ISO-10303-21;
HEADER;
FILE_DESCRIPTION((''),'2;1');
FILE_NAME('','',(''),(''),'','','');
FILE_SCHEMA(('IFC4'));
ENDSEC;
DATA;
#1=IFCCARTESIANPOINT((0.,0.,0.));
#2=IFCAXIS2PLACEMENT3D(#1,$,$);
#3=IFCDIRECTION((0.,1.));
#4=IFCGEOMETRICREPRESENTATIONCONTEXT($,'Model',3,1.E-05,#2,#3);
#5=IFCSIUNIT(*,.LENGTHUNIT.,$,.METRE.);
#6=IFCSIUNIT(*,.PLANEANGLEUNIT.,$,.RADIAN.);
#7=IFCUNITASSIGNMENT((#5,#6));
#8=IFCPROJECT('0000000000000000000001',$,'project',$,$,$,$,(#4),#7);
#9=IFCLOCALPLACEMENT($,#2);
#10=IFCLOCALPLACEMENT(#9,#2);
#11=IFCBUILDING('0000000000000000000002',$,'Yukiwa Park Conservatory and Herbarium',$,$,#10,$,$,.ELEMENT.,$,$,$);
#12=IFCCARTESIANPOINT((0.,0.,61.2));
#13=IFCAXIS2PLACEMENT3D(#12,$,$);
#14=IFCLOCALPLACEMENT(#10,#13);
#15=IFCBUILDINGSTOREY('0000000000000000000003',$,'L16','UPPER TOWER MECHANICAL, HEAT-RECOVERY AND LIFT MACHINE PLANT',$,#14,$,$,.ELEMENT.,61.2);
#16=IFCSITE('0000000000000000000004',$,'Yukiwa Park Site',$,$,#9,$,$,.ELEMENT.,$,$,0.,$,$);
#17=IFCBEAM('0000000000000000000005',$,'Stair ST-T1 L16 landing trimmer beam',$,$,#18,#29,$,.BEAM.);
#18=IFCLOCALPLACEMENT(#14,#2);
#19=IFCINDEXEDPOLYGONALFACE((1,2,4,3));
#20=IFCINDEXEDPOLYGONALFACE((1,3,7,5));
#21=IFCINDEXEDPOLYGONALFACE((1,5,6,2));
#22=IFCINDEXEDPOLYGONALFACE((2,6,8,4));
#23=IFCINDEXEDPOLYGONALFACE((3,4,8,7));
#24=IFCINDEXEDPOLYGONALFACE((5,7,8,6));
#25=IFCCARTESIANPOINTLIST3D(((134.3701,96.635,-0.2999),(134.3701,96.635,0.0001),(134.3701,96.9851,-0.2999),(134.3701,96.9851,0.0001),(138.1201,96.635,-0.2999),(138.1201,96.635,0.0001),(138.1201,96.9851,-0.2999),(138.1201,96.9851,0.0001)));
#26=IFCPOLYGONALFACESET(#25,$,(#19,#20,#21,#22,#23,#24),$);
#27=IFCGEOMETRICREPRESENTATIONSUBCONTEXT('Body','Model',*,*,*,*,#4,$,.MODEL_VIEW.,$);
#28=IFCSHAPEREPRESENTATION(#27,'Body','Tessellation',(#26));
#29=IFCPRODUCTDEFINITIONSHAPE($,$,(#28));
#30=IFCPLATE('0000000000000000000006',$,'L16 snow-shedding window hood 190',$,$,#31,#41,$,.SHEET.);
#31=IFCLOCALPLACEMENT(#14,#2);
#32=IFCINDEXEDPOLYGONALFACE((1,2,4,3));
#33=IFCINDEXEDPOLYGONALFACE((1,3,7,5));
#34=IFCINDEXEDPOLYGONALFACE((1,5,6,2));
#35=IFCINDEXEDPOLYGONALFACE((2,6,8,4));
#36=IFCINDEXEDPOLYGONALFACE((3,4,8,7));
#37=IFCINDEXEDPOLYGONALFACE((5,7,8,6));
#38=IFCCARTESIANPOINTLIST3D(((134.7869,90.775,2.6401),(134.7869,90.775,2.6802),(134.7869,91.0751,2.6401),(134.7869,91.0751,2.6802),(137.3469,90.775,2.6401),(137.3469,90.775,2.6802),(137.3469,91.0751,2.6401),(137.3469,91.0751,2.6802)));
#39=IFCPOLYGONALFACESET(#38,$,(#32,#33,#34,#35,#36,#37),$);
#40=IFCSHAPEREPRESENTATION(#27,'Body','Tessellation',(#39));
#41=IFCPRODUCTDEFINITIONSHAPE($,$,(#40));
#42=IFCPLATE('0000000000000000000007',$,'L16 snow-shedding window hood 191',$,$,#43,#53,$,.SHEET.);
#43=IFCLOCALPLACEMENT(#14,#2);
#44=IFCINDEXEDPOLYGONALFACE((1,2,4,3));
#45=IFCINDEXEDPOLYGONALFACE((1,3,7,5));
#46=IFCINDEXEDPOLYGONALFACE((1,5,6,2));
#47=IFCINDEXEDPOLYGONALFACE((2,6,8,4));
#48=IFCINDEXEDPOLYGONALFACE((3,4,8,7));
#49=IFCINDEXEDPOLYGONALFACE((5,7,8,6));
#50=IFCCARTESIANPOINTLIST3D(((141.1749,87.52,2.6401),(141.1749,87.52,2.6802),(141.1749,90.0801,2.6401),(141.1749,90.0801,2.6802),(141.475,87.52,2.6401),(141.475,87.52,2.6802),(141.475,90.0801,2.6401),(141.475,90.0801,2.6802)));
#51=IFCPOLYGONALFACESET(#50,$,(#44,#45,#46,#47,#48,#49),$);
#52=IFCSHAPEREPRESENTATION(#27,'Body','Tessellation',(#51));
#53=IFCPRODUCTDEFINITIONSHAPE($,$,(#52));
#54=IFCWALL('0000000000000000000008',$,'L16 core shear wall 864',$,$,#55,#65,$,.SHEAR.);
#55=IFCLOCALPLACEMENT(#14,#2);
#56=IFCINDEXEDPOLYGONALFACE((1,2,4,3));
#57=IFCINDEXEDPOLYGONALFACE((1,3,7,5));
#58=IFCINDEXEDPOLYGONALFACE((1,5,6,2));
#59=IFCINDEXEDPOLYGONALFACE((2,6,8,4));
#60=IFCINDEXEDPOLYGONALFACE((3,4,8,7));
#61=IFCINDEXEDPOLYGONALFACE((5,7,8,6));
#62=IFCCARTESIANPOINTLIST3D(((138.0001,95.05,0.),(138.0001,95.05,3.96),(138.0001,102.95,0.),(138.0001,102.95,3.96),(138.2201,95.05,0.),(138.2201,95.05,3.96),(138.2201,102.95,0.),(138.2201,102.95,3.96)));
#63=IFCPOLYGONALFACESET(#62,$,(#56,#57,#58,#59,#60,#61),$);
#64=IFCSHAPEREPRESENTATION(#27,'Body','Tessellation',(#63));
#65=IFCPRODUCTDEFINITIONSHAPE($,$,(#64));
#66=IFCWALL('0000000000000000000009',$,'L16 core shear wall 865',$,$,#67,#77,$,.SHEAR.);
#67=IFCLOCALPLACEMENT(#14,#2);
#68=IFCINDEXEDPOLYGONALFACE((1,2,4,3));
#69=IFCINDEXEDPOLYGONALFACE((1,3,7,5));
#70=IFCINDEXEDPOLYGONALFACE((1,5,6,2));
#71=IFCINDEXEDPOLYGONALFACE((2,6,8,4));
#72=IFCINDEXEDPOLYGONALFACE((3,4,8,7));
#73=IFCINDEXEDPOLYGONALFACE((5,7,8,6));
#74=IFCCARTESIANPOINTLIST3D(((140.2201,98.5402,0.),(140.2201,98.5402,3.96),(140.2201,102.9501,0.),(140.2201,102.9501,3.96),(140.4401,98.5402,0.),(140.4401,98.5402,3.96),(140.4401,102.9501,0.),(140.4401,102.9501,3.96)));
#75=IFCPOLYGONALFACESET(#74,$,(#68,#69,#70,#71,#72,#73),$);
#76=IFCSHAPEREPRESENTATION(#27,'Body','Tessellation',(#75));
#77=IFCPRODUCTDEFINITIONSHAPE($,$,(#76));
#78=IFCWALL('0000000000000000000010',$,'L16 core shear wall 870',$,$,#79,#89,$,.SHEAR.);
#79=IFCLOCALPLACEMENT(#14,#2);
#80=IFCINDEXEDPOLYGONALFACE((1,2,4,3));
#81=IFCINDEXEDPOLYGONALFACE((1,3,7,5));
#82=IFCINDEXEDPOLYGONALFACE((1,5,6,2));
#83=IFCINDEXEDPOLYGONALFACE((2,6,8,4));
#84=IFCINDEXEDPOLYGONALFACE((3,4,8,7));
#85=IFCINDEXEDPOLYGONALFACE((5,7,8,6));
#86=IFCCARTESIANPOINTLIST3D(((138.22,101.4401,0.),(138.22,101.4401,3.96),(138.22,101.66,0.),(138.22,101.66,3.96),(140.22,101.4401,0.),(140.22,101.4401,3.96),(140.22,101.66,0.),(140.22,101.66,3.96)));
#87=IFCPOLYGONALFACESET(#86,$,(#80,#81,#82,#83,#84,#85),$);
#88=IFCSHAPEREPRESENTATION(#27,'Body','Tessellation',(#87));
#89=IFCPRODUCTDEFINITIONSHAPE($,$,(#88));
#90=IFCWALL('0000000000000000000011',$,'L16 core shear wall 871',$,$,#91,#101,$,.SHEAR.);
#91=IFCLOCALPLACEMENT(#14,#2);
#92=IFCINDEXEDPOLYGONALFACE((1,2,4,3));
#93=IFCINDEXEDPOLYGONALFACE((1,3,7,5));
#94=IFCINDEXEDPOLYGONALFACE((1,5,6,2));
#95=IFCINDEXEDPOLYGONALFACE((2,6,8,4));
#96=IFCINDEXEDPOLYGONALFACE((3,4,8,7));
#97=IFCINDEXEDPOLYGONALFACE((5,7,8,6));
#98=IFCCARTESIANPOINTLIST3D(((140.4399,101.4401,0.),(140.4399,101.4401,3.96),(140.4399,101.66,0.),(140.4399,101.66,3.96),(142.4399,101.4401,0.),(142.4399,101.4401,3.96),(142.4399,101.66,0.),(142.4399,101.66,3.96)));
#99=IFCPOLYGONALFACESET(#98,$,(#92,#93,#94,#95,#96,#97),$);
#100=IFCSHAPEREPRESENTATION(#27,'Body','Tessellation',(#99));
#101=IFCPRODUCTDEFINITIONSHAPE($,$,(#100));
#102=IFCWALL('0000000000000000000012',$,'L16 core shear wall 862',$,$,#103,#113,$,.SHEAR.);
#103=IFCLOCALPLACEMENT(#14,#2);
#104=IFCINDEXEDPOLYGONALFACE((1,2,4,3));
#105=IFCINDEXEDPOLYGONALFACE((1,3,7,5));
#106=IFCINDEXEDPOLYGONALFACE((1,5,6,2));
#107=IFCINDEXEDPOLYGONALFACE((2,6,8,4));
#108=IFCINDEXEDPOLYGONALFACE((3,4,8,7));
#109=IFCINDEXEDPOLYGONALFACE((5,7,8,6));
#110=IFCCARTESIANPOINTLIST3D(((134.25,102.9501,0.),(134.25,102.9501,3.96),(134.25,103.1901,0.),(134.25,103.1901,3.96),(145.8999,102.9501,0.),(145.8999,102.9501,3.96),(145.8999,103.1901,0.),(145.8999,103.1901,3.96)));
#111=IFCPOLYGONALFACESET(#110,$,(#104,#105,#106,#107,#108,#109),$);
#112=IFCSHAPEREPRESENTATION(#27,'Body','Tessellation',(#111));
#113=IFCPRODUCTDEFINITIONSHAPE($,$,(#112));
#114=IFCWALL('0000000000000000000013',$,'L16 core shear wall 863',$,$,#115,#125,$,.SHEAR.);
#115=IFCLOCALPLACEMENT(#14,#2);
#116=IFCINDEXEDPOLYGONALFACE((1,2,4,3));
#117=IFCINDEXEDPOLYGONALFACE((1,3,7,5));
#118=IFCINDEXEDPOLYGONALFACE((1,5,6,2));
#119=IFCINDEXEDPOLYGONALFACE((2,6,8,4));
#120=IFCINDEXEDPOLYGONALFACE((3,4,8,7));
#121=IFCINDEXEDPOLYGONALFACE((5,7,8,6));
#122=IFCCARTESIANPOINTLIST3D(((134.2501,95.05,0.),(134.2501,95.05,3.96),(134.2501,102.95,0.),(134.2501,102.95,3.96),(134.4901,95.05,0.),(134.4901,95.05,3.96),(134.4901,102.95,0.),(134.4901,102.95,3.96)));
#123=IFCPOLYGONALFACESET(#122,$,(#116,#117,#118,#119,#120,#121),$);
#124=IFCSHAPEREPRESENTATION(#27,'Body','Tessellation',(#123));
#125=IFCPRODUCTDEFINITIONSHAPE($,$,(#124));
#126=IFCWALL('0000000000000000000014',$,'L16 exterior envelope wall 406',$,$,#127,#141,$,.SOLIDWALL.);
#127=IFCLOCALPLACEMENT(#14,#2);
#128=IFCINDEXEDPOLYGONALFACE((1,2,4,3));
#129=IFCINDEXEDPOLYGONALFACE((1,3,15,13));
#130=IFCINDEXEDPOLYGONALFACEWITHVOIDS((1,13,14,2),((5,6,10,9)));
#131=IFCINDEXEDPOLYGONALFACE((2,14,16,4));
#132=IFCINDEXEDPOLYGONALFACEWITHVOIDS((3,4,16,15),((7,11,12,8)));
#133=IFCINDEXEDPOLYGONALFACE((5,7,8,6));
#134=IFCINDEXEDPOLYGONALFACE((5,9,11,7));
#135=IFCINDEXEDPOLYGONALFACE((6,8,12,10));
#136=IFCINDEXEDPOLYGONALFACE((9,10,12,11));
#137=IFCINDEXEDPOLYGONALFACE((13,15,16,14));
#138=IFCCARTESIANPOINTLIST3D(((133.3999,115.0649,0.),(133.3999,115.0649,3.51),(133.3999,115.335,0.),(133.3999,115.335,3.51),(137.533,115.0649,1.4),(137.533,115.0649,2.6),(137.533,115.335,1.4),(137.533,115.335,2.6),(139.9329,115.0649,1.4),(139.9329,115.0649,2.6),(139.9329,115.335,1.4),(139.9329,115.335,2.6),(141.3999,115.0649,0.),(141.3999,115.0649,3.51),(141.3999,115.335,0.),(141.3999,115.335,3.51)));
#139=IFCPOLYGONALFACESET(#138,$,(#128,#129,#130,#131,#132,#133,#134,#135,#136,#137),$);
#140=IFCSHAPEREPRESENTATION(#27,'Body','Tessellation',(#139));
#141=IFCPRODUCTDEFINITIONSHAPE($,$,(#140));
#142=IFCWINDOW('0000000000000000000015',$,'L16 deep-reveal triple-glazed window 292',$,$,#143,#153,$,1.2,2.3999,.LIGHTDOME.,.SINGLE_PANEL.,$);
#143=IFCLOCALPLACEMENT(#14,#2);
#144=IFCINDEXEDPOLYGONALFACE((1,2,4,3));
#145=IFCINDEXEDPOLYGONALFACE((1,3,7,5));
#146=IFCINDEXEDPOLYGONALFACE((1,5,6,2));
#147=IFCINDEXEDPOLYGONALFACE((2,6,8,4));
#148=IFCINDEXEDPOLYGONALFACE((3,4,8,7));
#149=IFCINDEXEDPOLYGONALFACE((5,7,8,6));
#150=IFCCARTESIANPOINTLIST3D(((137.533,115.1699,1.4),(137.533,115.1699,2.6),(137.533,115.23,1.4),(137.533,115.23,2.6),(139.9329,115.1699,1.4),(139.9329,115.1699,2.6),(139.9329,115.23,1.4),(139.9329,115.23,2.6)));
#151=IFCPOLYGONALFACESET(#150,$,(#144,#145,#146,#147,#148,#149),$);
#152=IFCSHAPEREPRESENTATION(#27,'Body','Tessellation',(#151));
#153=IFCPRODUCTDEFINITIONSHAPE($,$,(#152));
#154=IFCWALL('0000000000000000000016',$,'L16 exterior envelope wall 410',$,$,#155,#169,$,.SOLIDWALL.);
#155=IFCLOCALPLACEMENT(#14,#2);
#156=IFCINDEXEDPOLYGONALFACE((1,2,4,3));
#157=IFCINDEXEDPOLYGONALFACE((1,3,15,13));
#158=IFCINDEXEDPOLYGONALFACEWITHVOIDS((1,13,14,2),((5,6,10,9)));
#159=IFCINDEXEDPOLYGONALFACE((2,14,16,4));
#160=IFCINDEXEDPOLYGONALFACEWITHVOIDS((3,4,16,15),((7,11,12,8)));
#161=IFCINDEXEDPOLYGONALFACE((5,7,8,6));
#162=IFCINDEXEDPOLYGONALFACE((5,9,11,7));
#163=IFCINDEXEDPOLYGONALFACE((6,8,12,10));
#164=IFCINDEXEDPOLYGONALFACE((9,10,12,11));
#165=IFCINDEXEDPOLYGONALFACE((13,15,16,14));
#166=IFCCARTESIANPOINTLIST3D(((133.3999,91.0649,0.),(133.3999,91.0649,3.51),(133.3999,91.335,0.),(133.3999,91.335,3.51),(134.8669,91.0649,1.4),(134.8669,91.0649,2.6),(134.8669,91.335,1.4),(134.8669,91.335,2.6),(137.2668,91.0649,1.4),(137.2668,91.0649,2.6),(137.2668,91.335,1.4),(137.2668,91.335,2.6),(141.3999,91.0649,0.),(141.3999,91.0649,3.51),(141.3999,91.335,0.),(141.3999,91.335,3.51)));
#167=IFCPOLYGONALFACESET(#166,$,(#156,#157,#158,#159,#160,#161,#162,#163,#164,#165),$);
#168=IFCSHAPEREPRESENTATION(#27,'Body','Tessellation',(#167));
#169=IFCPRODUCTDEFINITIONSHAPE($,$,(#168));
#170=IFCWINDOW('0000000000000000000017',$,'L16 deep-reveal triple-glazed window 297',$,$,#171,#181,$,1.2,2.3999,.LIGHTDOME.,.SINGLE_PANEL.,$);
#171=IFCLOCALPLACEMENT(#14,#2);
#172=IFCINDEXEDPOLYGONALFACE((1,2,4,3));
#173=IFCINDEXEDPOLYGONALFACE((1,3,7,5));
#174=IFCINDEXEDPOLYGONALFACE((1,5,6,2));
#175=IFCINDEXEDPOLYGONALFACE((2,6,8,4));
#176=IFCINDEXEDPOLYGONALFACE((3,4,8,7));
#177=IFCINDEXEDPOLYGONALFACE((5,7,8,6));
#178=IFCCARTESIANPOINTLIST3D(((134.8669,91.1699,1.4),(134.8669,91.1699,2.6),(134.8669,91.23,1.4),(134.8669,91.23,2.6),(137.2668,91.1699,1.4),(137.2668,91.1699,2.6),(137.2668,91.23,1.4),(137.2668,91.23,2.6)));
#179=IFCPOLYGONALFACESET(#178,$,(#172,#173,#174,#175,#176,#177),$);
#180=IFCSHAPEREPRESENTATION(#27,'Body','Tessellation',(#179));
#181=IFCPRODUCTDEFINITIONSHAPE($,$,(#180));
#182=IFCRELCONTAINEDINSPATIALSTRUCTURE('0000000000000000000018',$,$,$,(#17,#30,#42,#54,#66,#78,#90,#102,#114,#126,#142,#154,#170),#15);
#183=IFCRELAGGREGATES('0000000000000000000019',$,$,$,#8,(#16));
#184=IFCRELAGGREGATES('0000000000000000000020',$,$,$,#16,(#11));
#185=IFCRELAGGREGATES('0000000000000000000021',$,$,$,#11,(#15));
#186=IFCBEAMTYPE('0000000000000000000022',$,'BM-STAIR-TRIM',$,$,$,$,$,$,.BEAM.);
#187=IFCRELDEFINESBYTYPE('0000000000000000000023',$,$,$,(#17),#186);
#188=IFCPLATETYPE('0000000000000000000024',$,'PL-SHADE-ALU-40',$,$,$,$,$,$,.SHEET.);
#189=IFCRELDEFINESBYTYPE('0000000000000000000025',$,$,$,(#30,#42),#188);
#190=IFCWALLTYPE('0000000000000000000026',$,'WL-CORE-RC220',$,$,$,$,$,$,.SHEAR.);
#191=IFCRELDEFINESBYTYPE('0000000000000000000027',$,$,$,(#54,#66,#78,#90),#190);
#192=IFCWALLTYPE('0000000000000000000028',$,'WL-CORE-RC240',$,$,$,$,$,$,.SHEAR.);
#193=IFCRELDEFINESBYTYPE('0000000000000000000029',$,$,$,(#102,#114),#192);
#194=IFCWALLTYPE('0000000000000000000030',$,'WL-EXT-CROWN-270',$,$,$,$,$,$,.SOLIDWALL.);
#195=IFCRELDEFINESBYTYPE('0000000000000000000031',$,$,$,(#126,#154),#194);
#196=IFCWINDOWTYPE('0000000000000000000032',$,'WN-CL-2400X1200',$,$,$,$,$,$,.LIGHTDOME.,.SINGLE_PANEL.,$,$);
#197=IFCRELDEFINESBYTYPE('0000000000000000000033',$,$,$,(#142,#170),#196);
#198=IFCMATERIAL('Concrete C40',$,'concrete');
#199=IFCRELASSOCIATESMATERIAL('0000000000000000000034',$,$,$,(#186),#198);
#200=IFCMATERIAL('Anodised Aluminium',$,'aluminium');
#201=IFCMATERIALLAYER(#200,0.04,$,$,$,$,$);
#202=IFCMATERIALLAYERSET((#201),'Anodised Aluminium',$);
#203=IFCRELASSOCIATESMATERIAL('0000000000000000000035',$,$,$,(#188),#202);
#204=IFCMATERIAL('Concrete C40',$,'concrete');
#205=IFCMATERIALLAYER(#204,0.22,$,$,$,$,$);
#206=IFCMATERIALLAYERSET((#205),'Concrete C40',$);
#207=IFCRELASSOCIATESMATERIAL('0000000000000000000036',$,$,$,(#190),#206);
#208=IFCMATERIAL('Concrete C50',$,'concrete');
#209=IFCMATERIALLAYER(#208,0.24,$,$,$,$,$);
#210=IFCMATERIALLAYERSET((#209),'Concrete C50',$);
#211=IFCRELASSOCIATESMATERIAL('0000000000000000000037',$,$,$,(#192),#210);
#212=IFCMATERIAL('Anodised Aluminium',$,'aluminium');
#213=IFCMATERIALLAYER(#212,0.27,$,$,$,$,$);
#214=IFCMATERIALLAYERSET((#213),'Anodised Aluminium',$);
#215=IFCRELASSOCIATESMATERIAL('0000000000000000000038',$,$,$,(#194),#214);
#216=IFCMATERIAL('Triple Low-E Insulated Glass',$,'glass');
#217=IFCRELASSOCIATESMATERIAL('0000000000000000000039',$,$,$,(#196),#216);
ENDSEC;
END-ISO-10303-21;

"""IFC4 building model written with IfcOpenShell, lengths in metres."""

from ifc_helpers import new_model, si_unit, direction, frame, frame_2d, origin, origin_2d, place, context, subcontext, project, spatial, rectangle, extrude, material, layer, layer_set, material_profile, profile_set, type_object, element, fill, save


model = new_model("IFC4")

# Units and contexts
model_context = context("Model", 3, precision=1e-05, world=origin(), true_north=direction((0.0, 1.0)))
body_context = subcontext(model_context, "Body", "Model", "MODEL_VIEW")
ifc_project = project(units=[si_unit("LENGTHUNIT", "METRE"), si_unit("PLANEANGLEUNIT", "RADIAN")], contexts=[model_context])

# Site, building, storey
site_placement = place(None, origin())
site = spatial("IfcSite", under=ifc_project, at=site_placement, Name="Yukiwa Park Site", CompositionType="ELEMENT", RefElevation=0.0)
building_placement = place(site_placement, origin())
building = spatial("IfcBuilding", under=site, at=building_placement, Name="Yukiwa Park Conservatory and Herbarium", CompositionType="ELEMENT")
storey_placement = place(building_placement, frame((0.0, 0.0, 61.2)))
storey = spatial("IfcBuildingStorey", under=building, at=storey_placement, Name="L16", Description="UPPER TOWER MECHANICAL, HEAT-RECOVERY AND LIFT MACHINE PLANT", CompositionType="ELEMENT", Elevation=61.2)

# Beam
ifc_material_1 = material(Name="Concrete C40", Category="concrete")
ifc_material_profile_1 = material_profile(ifc_material_1, rectangle(XDim=0.3501, YDim=0.3, at=origin_2d()), Name="RC 350x300")
ifc_profile_set_1 = profile_set([ifc_material_profile_1], Name="Concrete C40")
beam_type_1 = type_object("IfcBeamType", Name="BM-STAIR-TRIM", PredefinedType="BEAM", material=ifc_profile_set_1)
beam_1_placement = place(storey_placement, frame((134.3701, 96.8101, -0.1499), z_axis=(1.0, 0.0, 0.0), x_axis=(0.0, 1.0, 0.0)))
element("IfcBeam", 1, at=beam_1_placement, inside=storey, type_object=beam_type_1, Name="Stair ST-T1 L16 landing trimmer beam", PredefinedType="BEAM", context=body_context, shape_type="SweptSolid", body=[
    extrude(rectangle(XDim=0.3501, YDim=0.3, at=origin_2d()), origin(), (0.0, 0.0, 1.0), 3.75),
])

# Plates
ifc_material_2 = material(Name="Anodised Aluminium", Category="aluminium")
ifc_layer_1 = layer(ifc_material_2, 0.04)
ifc_layer_set_1 = layer_set([ifc_layer_1], Name="Anodised Aluminium")
plate_type = type_object("IfcPlateType", Name="PL-SHADE-ALU-40", PredefinedType="SHEET", material=ifc_layer_set_1)
for number, where, z_axis, x_axis, name in (
    (2, (136.0669, 90.925, 2.6401), (0.0, 0.0, 1.0), (1.0, 0.0, 0.0), "L16 snow-shedding window hood 190"),
    (3, (141.325, 88.8, 2.6401), (0.0, 0.0, 1.0), (0.0, -1.0, 0.0), "L16 snow-shedding window hood 191"),
):
    element("IfcPlate", number, at=place(storey_placement, frame(where, z_axis=z_axis, x_axis=x_axis)), inside=storey, type_object=plate_type, Name=name, PredefinedType="SHEET", context=body_context, shape_type="SweptSolid", body=[
        extrude(rectangle(XDim=2.5601, YDim=0.3, at=origin_2d()), origin(), (0.0, 0.0, 1.0), 0.04),
    ])

# Walls
ifc_material_3 = material(Name="Concrete C40", Category="concrete")
ifc_layer_2 = layer(ifc_material_3, 0.22)
ifc_layer_set_2 = layer_set([ifc_layer_2], Name="Concrete C40")
wall_type_1 = type_object("IfcWallType", Name="WL-CORE-RC220", PredefinedType="SHEAR", material=ifc_layer_set_2)
wall_1_placement = place(storey_placement, frame((138.1101, 95.05, 0.0), z_axis=(0.0, 0.0, 1.0), x_axis=(0.0, 1.0, 0.0)))
element("IfcWall", 4, at=wall_1_placement, inside=storey, type_object=wall_type_1, Name="L16 core shear wall 864", PredefinedType="SHEAR", context=body_context, shape_type="SweptSolid", body=[
    extrude(rectangle(XDim=7.8999, YDim=0.22, at=frame_2d((3.95, 0.0))), origin(), (0.0, 0.0, 1.0), 3.96),
])
wall_2_placement = place(storey_placement, frame((140.3301, 98.54, 0.0), z_axis=(0.0, 0.0, 1.0), x_axis=(0.0, 1.0, 0.0)))
element("IfcWall", 5, at=wall_2_placement, inside=storey, type_object=wall_type_1, Name="L16 core shear wall 865", PredefinedType="SHEAR", context=body_context, shape_type="SweptSolid", body=[
    extrude(rectangle(XDim=4.4099, YDim=0.22, at=frame_2d((2.2051, 0.0))), origin(), (0.0, 0.0, 1.0), 3.96),
])

# Walls
for number, where, z_axis, x_axis, name in (
    (6, (138.22, 101.55, 0.0), (0.0, 0.0, 1.0), (1.0, 0.0, 0.0), "L16 core shear wall 870"),
    (7, (140.4399, 101.55, 0.0), (0.0, 0.0, 1.0), (1.0, 0.0, 0.0), "L16 core shear wall 871"),
):
    element("IfcWall", number, at=place(storey_placement, frame(where, z_axis=z_axis, x_axis=x_axis)), inside=storey, type_object=wall_type_1, Name=name, PredefinedType="SHEAR", context=body_context, shape_type="SweptSolid", body=[
        extrude(rectangle(XDim=2.0, YDim=0.22, at=frame_2d((1.0, 0.0))), origin(), (0.0, 0.0, 1.0), 3.96),
    ])

# Shared definitions
ifc_material_4 = material(Name="Concrete C50", Category="concrete")
ifc_layer_3 = layer(ifc_material_4, 0.24)
ifc_layer_set_3 = layer_set([ifc_layer_3], Name="Concrete C50")
wall_type_2 = type_object("IfcWallType", Name="WL-CORE-RC240", PredefinedType="SHEAR", material=ifc_layer_set_3)

# Walls
wall_3_placement = place(storey_placement, frame((134.25, 103.0701, 0.0), z_axis=(0.0, 0.0, 1.0), x_axis=(1.0, 0.0, 0.0)))
element("IfcWall", 8, at=wall_3_placement, inside=storey, type_object=wall_type_2, Name="L16 core shear wall 862", PredefinedType="SHEAR", context=body_context, shape_type="SweptSolid", body=[
    extrude(rectangle(XDim=11.6499, YDim=0.24, at=frame_2d((5.825, 0.0))), origin(), (0.0, 0.0, 1.0), 3.96),
])
wall_4_placement = place(storey_placement, frame((134.3701, 95.05, 0.0), z_axis=(0.0, 0.0, 1.0), x_axis=(0.0, 1.0, 0.0)))
element("IfcWall", 9, at=wall_4_placement, inside=storey, type_object=wall_type_2, Name="L16 core shear wall 863", PredefinedType="SHEAR", context=body_context, shape_type="SweptSolid", body=[
    extrude(rectangle(XDim=7.8999, YDim=0.24, at=frame_2d((3.95, 0.0))), origin(), (0.0, 0.0, 1.0), 3.96),
])

# Walls, openings, windows
ifc_material_5 = material(Name="Anodised Aluminium", Category="aluminium")
ifc_layer_4 = layer(ifc_material_5, 0.27)
ifc_layer_set_4 = layer_set([ifc_layer_4], Name="Anodised Aluminium")
wall_type_3 = type_object("IfcWallType", Name="WL-EXT-CROWN-270", PredefinedType="SOLIDWALL", material=ifc_layer_set_4)
wall_5_placement = place(storey_placement, frame((141.3999, 115.2, 0.0), z_axis=(0.0, 0.0, 1.0), x_axis=(-1.0, 0.0, 0.0)))
wall_5 = element("IfcWall", 10, at=wall_5_placement, inside=storey, type_object=wall_type_3, Name="L16 exterior envelope wall 406", PredefinedType="SOLIDWALL", context=body_context, shape_type="SweptSolid", body=[
    extrude(rectangle(XDim=8.0, YDim=0.27, at=frame_2d((4.0, 0.0))), origin(), (0.0, 0.0, 1.0), 3.51),
])
opening_1_placement = place(wall_5_placement, frame((1.467, 0.0, 1.3999)))
opening_1 = element("IfcOpeningElement", 11, at=opening_1_placement, cuts=wall_5, PredefinedType="OPENING", context=body_context, shape_type="SweptSolid", body=[
    extrude(rectangle(XDim=2.3999, YDim=1.2, at=frame_2d((1.2, 0.6001))), frame((0.0, 0.145, 0.0), z_axis=(0.0, -1.0, 0.0), x_axis=(1.0, 0.0, 0.0)), (0.0, 0.0, 1.0), 0.29),
])
ifc_material_6 = material(Name="Triple Low-E Insulated Glass", Category="glass")
window_type = type_object("IfcWindowType", Name="WN-CL-2400X1200", PartitioningType="SINGLE_PANEL", PredefinedType="LIGHTDOME", material=ifc_material_6)
window_1_placement = place(opening_1_placement, origin())
window_1 = element("IfcWindow", 12, at=window_1_placement, inside=storey, type_object=window_type, Name="L16 deep-reveal triple-glazed window 292", OverallHeight=1.2, OverallWidth=2.3999, PartitioningType="SINGLE_PANEL", PredefinedType="LIGHTDOME", context=body_context, shape_type="SweptSolid", body=[
    extrude(rectangle(XDim=2.3999, YDim=1.2, at=frame_2d((1.2, 0.6001))), frame((0.0, 0.03, 0.0), z_axis=(0.0, -1.0, 0.0), x_axis=(1.0, 0.0, 0.0)), (0.0, 0.0, 1.0), 0.0601),
])
fill(opening_1, window_1)
wall_6_placement = place(storey_placement, frame((133.3999, 91.2, 0.0), z_axis=(0.0, 0.0, 1.0), x_axis=(1.0, 0.0, 0.0)))
wall_6 = element("IfcWall", 13, at=wall_6_placement, inside=storey, type_object=wall_type_3, Name="L16 exterior envelope wall 410", PredefinedType="SOLIDWALL", context=body_context, shape_type="SweptSolid", body=[
    extrude(rectangle(XDim=8.0, YDim=0.27, at=frame_2d((4.0, 0.0))), origin(), (0.0, 0.0, 1.0), 3.51),
])
opening_2_placement = place(wall_6_placement, frame((1.467, 0.0, 1.3999)))
opening_2 = element("IfcOpeningElement", 14, at=opening_2_placement, cuts=wall_6, PredefinedType="OPENING", context=body_context, shape_type="SweptSolid", body=[
    extrude(rectangle(XDim=2.3999, YDim=1.2, at=frame_2d((1.2, 0.6001))), frame((0.0, 0.145, 0.0), z_axis=(0.0, -1.0, 0.0), x_axis=(1.0, 0.0, 0.0)), (0.0, 0.0, 1.0), 0.29),
])
window_2_placement = place(opening_2_placement, origin())
window_2 = element("IfcWindow", 15, at=window_2_placement, inside=storey, type_object=window_type, Name="L16 deep-reveal triple-glazed window 297", OverallHeight=1.2, OverallWidth=2.3999, PartitioningType="SINGLE_PANEL", PredefinedType="LIGHTDOME", context=body_context, shape_type="SweptSolid", body=[
    extrude(rectangle(XDim=2.3999, YDim=1.2, at=frame_2d((1.2, 0.6001))), frame((0.0, 0.03, 0.0), z_axis=(0.0, -1.0, 0.0), x_axis=(1.0, 0.0, 0.0)), (0.0, 0.0, 1.0), 0.0601),
])
fill(opening_2, window_2)

save(model, "model.ifc")
